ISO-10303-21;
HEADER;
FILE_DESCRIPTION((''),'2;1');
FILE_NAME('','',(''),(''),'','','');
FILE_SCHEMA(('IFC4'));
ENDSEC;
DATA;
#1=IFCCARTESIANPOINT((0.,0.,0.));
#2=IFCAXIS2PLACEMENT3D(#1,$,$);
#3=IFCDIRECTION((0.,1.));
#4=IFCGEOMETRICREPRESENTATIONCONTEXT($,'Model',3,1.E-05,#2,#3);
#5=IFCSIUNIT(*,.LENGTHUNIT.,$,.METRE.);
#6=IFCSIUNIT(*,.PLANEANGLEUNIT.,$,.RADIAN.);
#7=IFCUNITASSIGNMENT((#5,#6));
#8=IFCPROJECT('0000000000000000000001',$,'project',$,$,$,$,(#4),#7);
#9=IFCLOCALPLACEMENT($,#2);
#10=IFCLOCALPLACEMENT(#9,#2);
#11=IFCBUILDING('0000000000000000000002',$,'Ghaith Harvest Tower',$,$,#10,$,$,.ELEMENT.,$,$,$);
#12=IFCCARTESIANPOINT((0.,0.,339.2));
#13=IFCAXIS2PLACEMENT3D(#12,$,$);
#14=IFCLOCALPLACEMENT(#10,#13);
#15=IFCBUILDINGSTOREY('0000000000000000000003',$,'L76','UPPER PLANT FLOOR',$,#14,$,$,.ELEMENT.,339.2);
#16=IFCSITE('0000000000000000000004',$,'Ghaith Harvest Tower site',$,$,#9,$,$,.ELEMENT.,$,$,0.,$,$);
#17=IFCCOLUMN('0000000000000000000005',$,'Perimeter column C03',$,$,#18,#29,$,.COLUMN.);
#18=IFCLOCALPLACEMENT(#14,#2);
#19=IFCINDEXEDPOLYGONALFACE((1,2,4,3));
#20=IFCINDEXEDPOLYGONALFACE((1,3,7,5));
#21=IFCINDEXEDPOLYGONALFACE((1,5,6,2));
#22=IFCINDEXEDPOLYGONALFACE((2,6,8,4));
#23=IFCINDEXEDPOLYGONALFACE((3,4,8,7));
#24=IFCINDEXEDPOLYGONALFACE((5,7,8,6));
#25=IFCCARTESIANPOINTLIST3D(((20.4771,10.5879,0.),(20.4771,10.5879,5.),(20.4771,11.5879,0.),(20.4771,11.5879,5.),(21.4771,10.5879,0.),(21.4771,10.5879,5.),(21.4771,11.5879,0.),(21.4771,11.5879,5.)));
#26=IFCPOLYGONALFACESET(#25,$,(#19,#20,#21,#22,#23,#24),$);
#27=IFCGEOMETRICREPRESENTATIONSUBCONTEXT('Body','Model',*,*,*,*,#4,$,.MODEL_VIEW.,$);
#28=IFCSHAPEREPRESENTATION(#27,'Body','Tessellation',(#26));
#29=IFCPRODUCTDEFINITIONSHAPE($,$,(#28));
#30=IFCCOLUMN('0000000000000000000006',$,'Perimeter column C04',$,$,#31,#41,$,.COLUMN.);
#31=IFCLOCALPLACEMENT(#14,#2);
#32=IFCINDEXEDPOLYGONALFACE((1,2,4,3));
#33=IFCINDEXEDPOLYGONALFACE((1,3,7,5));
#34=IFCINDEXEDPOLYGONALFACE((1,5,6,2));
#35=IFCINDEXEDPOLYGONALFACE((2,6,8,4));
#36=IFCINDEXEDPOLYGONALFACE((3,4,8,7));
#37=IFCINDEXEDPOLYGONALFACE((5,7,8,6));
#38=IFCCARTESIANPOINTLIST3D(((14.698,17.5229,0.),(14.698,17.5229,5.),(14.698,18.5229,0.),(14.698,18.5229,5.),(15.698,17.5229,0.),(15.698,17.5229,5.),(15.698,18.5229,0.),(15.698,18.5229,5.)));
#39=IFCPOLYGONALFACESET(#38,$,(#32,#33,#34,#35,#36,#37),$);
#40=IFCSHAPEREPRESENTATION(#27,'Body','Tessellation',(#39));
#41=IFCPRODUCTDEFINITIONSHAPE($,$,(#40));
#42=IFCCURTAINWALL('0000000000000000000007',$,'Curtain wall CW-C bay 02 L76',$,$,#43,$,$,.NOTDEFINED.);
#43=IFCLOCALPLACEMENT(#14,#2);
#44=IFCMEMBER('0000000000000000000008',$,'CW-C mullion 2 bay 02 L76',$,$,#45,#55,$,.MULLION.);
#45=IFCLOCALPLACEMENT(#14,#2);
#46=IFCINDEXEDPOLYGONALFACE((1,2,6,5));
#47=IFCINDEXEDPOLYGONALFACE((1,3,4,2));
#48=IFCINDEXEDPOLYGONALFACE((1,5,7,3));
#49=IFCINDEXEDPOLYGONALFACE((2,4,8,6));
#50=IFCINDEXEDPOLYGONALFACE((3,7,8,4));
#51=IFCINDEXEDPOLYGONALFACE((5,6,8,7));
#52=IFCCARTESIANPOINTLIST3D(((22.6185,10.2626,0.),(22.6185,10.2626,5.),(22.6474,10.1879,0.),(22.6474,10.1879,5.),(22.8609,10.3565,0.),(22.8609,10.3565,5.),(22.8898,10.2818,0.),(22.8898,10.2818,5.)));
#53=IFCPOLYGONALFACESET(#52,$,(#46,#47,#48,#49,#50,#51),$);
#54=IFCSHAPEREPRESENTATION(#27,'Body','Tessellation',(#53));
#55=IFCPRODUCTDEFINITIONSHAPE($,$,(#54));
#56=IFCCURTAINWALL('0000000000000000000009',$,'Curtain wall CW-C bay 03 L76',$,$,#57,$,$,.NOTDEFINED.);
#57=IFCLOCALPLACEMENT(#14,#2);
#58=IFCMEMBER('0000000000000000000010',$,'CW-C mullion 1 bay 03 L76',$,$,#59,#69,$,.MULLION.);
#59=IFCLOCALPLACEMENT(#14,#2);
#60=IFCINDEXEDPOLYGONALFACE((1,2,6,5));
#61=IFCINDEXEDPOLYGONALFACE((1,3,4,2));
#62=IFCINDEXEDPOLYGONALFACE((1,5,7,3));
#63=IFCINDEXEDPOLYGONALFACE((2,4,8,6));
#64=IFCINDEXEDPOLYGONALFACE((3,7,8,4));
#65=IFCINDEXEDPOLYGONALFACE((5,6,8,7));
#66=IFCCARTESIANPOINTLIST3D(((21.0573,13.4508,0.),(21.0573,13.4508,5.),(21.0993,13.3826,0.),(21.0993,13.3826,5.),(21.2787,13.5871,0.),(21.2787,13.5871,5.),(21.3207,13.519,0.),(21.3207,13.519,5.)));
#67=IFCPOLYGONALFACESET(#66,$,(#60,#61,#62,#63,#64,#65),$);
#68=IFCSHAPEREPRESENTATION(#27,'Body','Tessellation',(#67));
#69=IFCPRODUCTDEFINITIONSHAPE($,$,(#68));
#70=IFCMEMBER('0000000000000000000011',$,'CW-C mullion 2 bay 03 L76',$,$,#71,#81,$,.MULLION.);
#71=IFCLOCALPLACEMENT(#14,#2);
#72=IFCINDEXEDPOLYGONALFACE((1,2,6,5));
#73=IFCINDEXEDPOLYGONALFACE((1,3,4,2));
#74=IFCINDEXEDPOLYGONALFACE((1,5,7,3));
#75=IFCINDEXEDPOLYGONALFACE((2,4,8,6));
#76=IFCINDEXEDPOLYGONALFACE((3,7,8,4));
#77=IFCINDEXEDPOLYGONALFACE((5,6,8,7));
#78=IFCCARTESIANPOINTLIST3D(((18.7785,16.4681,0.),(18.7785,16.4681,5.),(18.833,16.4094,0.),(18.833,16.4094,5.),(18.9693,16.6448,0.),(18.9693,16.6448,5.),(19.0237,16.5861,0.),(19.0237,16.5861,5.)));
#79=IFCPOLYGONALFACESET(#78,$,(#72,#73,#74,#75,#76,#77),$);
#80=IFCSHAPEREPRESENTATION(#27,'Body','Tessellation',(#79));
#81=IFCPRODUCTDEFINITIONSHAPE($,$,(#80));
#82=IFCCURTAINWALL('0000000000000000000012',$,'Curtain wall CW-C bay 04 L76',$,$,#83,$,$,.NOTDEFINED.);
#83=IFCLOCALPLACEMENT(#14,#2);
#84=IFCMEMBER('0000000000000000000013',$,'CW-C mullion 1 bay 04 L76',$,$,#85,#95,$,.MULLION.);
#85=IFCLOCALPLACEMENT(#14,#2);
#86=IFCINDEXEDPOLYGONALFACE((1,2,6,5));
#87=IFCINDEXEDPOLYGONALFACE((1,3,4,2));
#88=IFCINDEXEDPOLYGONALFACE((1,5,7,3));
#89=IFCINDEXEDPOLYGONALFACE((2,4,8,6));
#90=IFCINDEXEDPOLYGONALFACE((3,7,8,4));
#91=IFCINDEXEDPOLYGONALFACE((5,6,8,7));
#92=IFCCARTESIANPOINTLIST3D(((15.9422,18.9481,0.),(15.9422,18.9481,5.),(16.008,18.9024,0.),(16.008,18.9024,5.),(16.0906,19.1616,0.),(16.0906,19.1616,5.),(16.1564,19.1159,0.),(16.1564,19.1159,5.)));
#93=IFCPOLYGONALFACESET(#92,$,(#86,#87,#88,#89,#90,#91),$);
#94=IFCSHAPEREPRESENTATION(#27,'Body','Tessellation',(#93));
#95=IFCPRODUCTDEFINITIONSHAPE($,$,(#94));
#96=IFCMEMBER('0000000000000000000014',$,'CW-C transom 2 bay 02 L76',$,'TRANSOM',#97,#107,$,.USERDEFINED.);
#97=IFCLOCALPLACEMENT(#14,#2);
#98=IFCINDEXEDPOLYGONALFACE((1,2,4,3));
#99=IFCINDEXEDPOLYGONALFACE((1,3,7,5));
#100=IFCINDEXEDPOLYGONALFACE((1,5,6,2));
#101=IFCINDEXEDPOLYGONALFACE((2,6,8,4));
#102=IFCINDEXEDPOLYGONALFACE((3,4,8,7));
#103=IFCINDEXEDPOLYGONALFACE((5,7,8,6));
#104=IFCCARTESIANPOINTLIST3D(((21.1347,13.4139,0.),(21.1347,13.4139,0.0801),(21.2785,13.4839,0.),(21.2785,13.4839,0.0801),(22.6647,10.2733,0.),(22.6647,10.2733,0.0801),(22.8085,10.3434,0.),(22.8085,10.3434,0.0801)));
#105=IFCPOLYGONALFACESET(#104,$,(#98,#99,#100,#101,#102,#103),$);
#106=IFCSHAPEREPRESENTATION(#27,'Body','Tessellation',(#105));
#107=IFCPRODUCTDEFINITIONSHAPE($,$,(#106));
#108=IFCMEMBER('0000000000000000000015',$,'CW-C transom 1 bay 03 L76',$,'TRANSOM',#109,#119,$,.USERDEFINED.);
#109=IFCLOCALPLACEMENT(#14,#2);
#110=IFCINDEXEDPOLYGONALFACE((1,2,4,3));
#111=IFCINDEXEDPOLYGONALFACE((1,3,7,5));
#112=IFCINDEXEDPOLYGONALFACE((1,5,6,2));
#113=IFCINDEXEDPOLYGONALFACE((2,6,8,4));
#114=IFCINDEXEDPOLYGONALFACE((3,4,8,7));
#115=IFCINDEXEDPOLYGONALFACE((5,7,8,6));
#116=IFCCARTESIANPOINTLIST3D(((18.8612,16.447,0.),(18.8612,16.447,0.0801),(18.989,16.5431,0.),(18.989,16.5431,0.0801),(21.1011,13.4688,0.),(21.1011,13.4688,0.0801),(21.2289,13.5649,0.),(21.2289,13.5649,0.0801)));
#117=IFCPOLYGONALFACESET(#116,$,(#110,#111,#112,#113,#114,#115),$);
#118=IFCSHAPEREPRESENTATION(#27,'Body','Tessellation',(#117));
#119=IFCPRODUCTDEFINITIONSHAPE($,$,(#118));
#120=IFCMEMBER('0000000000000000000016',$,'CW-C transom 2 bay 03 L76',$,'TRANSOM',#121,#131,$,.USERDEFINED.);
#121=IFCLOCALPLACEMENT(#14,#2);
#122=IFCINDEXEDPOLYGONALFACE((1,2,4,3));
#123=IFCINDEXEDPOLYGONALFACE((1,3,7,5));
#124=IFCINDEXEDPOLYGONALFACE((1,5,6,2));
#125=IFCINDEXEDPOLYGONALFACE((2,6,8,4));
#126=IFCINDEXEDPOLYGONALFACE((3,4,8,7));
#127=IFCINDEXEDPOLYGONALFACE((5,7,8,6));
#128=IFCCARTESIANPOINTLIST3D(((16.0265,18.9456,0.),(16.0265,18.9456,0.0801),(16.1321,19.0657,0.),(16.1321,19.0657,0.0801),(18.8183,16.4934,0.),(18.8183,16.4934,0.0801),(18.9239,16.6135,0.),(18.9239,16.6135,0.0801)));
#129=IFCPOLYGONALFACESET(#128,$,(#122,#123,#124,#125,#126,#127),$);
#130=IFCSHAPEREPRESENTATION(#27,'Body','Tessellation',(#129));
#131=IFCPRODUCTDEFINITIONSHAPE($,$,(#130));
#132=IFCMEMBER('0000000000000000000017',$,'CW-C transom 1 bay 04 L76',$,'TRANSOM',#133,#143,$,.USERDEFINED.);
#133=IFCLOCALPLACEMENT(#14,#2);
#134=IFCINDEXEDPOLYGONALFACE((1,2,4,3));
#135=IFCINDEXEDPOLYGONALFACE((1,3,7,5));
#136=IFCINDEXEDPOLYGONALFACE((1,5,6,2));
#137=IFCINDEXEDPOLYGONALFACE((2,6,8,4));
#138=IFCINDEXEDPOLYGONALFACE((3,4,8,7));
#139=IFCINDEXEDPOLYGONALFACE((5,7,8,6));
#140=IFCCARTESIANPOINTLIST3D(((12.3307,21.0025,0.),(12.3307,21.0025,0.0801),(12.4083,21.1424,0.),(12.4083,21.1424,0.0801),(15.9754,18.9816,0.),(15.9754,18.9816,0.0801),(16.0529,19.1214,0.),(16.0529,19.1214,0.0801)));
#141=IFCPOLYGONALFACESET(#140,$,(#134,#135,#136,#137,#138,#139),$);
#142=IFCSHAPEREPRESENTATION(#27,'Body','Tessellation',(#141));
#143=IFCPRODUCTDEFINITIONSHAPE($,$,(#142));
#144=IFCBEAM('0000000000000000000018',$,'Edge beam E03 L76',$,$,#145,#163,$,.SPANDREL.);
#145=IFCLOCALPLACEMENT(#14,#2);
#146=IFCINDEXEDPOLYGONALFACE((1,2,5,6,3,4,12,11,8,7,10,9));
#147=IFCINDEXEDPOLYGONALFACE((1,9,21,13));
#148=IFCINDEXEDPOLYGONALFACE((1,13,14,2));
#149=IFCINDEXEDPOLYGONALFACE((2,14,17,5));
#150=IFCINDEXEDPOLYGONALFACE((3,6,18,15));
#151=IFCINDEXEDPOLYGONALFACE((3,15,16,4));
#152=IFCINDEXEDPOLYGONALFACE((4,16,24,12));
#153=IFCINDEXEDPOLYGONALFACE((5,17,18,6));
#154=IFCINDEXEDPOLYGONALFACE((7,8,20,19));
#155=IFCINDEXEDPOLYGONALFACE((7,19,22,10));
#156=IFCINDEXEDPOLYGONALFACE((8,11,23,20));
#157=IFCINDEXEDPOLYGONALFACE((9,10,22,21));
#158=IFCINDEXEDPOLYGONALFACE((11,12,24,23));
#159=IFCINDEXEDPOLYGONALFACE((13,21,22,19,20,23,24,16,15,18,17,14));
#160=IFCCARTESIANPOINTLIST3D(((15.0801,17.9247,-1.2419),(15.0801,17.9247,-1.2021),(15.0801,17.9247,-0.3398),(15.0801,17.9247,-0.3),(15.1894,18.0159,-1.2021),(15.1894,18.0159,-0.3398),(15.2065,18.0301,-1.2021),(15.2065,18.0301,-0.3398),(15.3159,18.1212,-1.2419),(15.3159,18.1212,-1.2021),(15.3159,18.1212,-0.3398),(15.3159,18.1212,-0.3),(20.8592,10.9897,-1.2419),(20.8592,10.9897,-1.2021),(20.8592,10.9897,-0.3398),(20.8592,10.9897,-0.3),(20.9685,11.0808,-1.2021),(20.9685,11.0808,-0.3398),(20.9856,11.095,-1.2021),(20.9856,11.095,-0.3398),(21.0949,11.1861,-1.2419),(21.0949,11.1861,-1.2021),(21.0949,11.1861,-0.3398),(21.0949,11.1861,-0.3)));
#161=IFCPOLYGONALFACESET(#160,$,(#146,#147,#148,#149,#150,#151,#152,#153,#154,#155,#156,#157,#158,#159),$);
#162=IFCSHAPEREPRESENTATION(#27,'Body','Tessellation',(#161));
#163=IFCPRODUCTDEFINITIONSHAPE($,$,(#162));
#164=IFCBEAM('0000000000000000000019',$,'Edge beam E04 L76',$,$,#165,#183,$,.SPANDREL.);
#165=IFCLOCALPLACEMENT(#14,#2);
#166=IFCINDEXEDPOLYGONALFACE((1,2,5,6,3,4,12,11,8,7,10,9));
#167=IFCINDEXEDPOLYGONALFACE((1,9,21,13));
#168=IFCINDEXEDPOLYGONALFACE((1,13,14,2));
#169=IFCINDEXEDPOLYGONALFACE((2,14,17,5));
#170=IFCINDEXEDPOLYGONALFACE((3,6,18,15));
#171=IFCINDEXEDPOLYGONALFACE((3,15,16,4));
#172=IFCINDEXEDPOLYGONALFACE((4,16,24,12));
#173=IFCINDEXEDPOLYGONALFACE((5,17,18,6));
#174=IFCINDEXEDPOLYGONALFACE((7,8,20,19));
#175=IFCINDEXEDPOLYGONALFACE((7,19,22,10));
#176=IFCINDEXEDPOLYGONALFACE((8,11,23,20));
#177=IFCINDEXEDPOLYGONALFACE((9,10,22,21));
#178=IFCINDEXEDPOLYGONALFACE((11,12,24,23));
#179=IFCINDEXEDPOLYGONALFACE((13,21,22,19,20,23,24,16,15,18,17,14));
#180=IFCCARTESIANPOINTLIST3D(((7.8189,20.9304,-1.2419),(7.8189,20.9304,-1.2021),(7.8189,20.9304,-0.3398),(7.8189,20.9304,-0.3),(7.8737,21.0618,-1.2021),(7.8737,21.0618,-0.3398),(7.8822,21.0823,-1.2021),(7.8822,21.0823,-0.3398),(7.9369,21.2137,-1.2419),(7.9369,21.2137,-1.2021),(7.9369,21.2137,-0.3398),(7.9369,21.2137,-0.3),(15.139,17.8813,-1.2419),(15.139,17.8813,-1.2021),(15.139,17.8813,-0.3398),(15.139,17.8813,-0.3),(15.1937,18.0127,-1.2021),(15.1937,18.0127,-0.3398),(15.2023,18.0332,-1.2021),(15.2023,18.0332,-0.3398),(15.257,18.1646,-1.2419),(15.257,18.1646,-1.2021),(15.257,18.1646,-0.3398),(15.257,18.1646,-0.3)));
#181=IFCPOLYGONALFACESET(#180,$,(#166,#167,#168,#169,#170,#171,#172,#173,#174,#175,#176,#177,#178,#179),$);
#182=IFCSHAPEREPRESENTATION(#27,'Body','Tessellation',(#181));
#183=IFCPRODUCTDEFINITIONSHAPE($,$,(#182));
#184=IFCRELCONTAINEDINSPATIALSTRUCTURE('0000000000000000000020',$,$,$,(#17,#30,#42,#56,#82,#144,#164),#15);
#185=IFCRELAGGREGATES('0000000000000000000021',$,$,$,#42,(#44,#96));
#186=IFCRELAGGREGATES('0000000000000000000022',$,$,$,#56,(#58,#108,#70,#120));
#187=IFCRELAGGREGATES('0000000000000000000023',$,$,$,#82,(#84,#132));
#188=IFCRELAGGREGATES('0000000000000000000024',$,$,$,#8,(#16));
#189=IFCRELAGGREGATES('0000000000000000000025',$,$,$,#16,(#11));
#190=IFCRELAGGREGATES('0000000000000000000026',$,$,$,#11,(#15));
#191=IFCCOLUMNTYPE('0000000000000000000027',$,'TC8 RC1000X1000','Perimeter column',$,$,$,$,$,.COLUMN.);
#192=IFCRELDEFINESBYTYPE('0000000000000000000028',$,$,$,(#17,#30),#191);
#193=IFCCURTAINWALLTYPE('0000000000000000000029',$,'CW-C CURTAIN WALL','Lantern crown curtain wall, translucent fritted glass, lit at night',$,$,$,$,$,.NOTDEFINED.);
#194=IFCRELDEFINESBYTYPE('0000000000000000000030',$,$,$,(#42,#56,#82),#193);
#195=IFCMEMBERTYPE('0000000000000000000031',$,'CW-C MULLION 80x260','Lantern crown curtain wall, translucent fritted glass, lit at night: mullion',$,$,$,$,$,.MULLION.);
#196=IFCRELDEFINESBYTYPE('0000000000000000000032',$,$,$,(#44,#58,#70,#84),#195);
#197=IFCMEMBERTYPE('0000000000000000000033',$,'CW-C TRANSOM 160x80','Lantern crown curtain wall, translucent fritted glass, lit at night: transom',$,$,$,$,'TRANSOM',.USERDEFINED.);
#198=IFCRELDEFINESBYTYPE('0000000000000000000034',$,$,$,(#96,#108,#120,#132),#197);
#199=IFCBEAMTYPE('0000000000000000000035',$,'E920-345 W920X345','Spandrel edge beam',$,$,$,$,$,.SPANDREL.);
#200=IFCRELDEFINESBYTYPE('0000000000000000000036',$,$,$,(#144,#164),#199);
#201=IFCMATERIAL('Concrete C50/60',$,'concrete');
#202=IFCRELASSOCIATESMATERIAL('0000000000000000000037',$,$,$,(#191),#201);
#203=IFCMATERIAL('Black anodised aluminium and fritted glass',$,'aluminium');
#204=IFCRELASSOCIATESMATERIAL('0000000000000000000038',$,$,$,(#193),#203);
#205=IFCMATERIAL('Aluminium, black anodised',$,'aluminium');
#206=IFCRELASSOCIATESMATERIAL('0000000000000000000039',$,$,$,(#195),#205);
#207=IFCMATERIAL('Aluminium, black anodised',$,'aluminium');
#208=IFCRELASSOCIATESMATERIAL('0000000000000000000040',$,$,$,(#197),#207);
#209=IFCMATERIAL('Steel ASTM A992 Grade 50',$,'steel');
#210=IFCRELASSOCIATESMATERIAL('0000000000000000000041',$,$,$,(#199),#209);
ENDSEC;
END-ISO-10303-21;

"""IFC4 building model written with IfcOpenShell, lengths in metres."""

from ifc_helpers import new_model, si_unit, direction, frame, origin, origin_2d, place, context, subcontext, project, spatial, rectangle, i_section, extrude, material, material_profile, profile_set, type_object, element, aggregate, save


model = new_model("IFC4")

# Units and contexts
model_context = context("Model", 3, precision=1e-05, world=origin(), true_north=direction((0.0, 1.0)))
body_context = subcontext(model_context, "Body", "Model", "MODEL_VIEW")
ifc_project = project(units=[si_unit("LENGTHUNIT", "METRE"), si_unit("PLANEANGLEUNIT", "RADIAN")], contexts=[model_context])

# Site, building, storey
site_placement = place(None, origin())
site = spatial("IfcSite", under=ifc_project, at=site_placement, Name="Ghaith Harvest Tower site", CompositionType="ELEMENT", RefElevation=0.0)
building_placement = place(site_placement, origin())
building = spatial("IfcBuilding", under=site, at=building_placement, Name="Ghaith Harvest Tower", CompositionType="ELEMENT")
storey_placement = place(building_placement, frame((0.0, 0.0, 339.2)))
storey = spatial("IfcBuildingStorey", under=building, at=storey_placement, Name="L76", Description="UPPER PLANT FLOOR", CompositionType="ELEMENT", Elevation=339.2)

# Columns
ifc_material_1 = material(Name="Concrete C50/60", Category="concrete")
ifc_material_profile_1 = material_profile(ifc_material_1, rectangle(XDim=1.0, YDim=1.0, at=origin_2d()), Name="RC1000X1000")
ifc_profile_set_1 = profile_set([ifc_material_profile_1], Name="Concrete C50/60")
column_type = type_object("IfcColumnType", Name="TC8 RC1000X1000", Description="Perimeter column", PredefinedType="COLUMN", material=ifc_profile_set_1)
for number, where, z_axis, x_axis, name in (
    (1, (20.9771, 11.0879, 0.0), (0.0, 0.0, 1.0), (1.0, 0.0, 0.0), "Perimeter column C03"),
    (2, (15.198, 18.0229, 0.0), (0.0, 0.0, 1.0), (1.0, 0.0, 0.0), "Perimeter column C04"),
):
    element("IfcColumn", number, at=place(storey_placement, frame(where, z_axis=z_axis, x_axis=x_axis)), inside=storey, type_object=column_type, Name=name, PredefinedType="COLUMN", context=body_context, shape_type="SweptSolid", body=[
        extrude(rectangle(XDim=1.0, YDim=1.0, at=origin_2d()), origin(), (0.0, 0.0, 1.0), 5.0),
    ])

# Curtain wall, member
ifc_material_2 = material(Name="Black anodised aluminium and fritted glass", Category="aluminium")
curtain_wall_type = type_object("IfcCurtainWallType", Name="CW-C CURTAIN WALL", Description="Lantern crown curtain wall, translucent fritted glass, lit at night", PredefinedType="NOTDEFINED", material=ifc_material_2)
curtain_wall_1_placement = place(storey_placement, origin())
curtain_wall_1 = element("IfcCurtainWall", 3, at=curtain_wall_1_placement, inside=storey, type_object=curtain_wall_type, Name="Curtain wall CW-C bay 02 L76", PredefinedType="NOTDEFINED")
ifc_material_3 = material(Name="Aluminium, black anodised", Category="aluminium")
ifc_material_profile_2 = material_profile(ifc_material_3, rectangle(XDim=0.0801, YDim=0.26, at=origin_2d()), Name="CW-C MULLION 80x260")
ifc_profile_set_2 = profile_set([ifc_material_profile_2], Name="Aluminium, black anodised")
member_type_1 = type_object("IfcMemberType", Name="CW-C MULLION 80x260", Description="Lantern crown curtain wall, translucent fritted glass, lit at night: mullion", PredefinedType="MULLION", material=ifc_profile_set_2)
member_1_placement = place(storey_placement, frame((22.7542, 10.2722, 0.0), z_axis=(0.0, 0.0, 1.0), x_axis=(-0.361184, 0.932494, 0.0)))
member_1 = element("IfcMember", 4, at=member_1_placement, type_object=member_type_1, Name="CW-C mullion 2 bay 02 L76", PredefinedType="MULLION", context=body_context, shape_type="SweptSolid", body=[
    extrude(rectangle(XDim=0.0801, YDim=0.26, at=origin_2d()), origin(), (0.0, 0.0, 1.0), 5.0),
])

# Curtain wall, members
curtain_wall_2_placement = place(storey_placement, origin())
curtain_wall_2 = element("IfcCurtainWall", 5, at=curtain_wall_2_placement, inside=storey, type_object=curtain_wall_type, Name="Curtain wall CW-C bay 03 L76", PredefinedType="NOTDEFINED")
member_2_placement = place(storey_placement, frame((21.189, 13.4849, 0.0), z_axis=(0.0, 0.0, 1.0), x_axis=(-0.524482, 0.851421, 0.0)))
member_2 = element("IfcMember", 6, at=member_2_placement, type_object=member_type_1, Name="CW-C mullion 1 bay 03 L76", PredefinedType="MULLION", context=body_context, shape_type="SweptSolid", body=[
    extrude(rectangle(XDim=0.0801, YDim=0.26, at=origin_2d()), origin(), (0.0, 0.0, 1.0), 5.0),
])
member_3_placement = place(storey_placement, frame((18.9011, 16.5271, 0.0), z_axis=(0.0, 0.0, 1.0), x_axis=(-0.679661, 0.733526, 0.0)))
member_3 = element("IfcMember", 7, at=member_3_placement, type_object=member_type_1, Name="CW-C mullion 2 bay 03 L76", PredefinedType="MULLION", context=body_context, shape_type="SweptSolid", body=[
    extrude(rectangle(XDim=0.0801, YDim=0.26, at=origin_2d()), origin(), (0.0, 0.0, 1.0), 5.0),
])

# Curtain wall, member
curtain_wall_3_placement = place(storey_placement, origin())
curtain_wall_3 = element("IfcCurtainWall", 8, at=curtain_wall_3_placement, inside=storey, type_object=curtain_wall_type, Name="Curtain wall CW-C bay 04 L76", PredefinedType="NOTDEFINED")
member_4_placement = place(storey_placement, frame((16.0493, 19.032, 0.0), z_axis=(0.0, 0.0, 1.0), x_axis=(-0.821112, 0.570767, 0.0)))
member_4 = element("IfcMember", 9, at=member_4_placement, type_object=member_type_1, Name="CW-C mullion 1 bay 04 L76", PredefinedType="MULLION", context=body_context, shape_type="SweptSolid", body=[
    extrude(rectangle(XDim=0.0801, YDim=0.26, at=origin_2d()), origin(), (0.0, 0.0, 1.0), 5.0),
])

# Members
ifc_material_4 = material(Name="Aluminium, black anodised", Category="aluminium")
ifc_material_profile_3 = material_profile(ifc_material_4, rectangle(XDim=0.1599, YDim=0.0801, at=origin_2d()), Name="CW-C TRANSOM 160x80")
ifc_profile_set_3 = profile_set([ifc_material_profile_3], Name="Aluminium, black anodised")
member_type_2 = type_object("IfcMemberType", Name="CW-C TRANSOM 160x80", Description="Lantern crown curtain wall, translucent fritted glass, lit at night: transom", ElementType="TRANSOM", PredefinedType="USERDEFINED", material=ifc_profile_set_3)
member_5_placement = place(storey_placement, frame((22.7366, 10.3083, 0.04), z_axis=(-0.437965, 0.898992, 0.0), x_axis=(-0.898992, -0.437965, 0.0)))
member_5 = element("IfcMember", 10, at=member_5_placement, type_object=member_type_2, Name="CW-C transom 2 bay 02 L76", ObjectType="TRANSOM", PredefinedType="USERDEFINED", context=body_context, shape_type="SweptSolid", body=[
    extrude(rectangle(XDim=0.1599, YDim=0.0801, at=origin_2d()), origin(), (0.0, 0.0, 1.0), 3.4934),
])
member_6_placement = place(storey_placement, frame((21.165, 13.5168, 0.04), z_axis=(-0.601079, 0.79919, 0.0), x_axis=(-0.79919, -0.601079, 0.0)))
member_6 = element("IfcMember", 11, at=member_6_placement, type_object=member_type_2, Name="CW-C transom 1 bay 03 L76", ObjectType="TRANSOM", PredefinedType="USERDEFINED", context=body_context, shape_type="SweptSolid", body=[
    extrude(rectangle(XDim=0.1599, YDim=0.0801, at=origin_2d()), origin(), (0.0, 0.0, 1.0), 3.7266),
])
member_7_placement = place(storey_placement, frame((18.8711, 16.5535, 0.04), z_axis=(-0.751326, 0.659931, 0.0), x_axis=(-0.659931, -0.751326, 0.0)))
member_7 = element("IfcMember", 12, at=member_7_placement, type_object=member_type_2, Name="CW-C transom 2 bay 03 L76", ObjectType="TRANSOM", PredefinedType="USERDEFINED", context=body_context, shape_type="SweptSolid", body=[
    extrude(rectangle(XDim=0.1599, YDim=0.0801, at=origin_2d()), origin(), (0.0, 0.0, 1.0), 3.7158),
])
member_8_placement = place(storey_placement, frame((16.0142, 19.0515, 0.04), z_axis=(-0.874552, 0.484932, 0.0), x_axis=(-0.484932, -0.874552, 0.0)))
member_8 = element("IfcMember", 13, at=member_8_placement, type_object=member_type_2, Name="CW-C transom 1 bay 04 L76", ObjectType="TRANSOM", PredefinedType="USERDEFINED", context=body_context, shape_type="SweptSolid", body=[
    extrude(rectangle(XDim=0.1599, YDim=0.0801, at=origin_2d()), origin(), (0.0, 0.0, 1.0), 4.1675),
])

# Beams
ifc_material_5 = material(Name="Steel ASTM A992 Grade 50", Category="steel")
ifc_material_profile_4 = material_profile(ifc_material_5, i_section(OverallWidth=0.3069, OverallDepth=0.9419, WebThickness=0.0222, FlangeThickness=0.0398, at=origin_2d()), Name="W920X345")
ifc_profile_set_4 = profile_set([ifc_material_profile_4], Name="Steel ASTM A992 Grade 50")
beam_type = type_object("IfcBeamType", Name="E920-345 W920X345", Description="Spandrel edge beam", PredefinedType="SPANDREL", material=ifc_profile_set_4)
beam_1_placement = place(storey_placement, frame((20.9771, 11.0879, -0.771), z_axis=(-0.640174, 0.76823, 0.0), x_axis=(-0.76823, -0.640174, 0.0)))
element("IfcBeam", 14, at=beam_1_placement, inside=storey, type_object=beam_type, Name="Edge beam E03 L76", PredefinedType="SPANDREL", context=body_context, shape_type="SweptSolid", body=[
    extrude(i_section(OverallWidth=0.3069, OverallDepth=0.9419, WebThickness=0.0222, FlangeThickness=0.0398, at=origin_2d()), origin(), (0.0, 0.0, 1.0), 9.0273),
])
beam_2_placement = place(storey_placement, frame((15.198, 18.0229, -0.771), z_axis=(-0.92312, 0.384513, 0.0), x_axis=(-0.384513, -0.92312, 0.0)))
element("IfcBeam", 15, at=beam_2_placement, inside=storey, type_object=beam_type, Name="Edge beam E04 L76", PredefinedType="SPANDREL", context=body_context, shape_type="SweptSolid", body=[
    extrude(i_section(OverallWidth=0.3069, OverallDepth=0.9419, WebThickness=0.0222, FlangeThickness=0.0398, at=origin_2d()), origin(), (0.0, 0.0, 1.0), 7.9297),
])

aggregate(curtain_wall_1, [member_1, member_5])
aggregate(curtain_wall_2, [member_2, member_6, member_3, member_7])
aggregate(curtain_wall_3, [member_4, member_8])

save(model, "model.ifc")
